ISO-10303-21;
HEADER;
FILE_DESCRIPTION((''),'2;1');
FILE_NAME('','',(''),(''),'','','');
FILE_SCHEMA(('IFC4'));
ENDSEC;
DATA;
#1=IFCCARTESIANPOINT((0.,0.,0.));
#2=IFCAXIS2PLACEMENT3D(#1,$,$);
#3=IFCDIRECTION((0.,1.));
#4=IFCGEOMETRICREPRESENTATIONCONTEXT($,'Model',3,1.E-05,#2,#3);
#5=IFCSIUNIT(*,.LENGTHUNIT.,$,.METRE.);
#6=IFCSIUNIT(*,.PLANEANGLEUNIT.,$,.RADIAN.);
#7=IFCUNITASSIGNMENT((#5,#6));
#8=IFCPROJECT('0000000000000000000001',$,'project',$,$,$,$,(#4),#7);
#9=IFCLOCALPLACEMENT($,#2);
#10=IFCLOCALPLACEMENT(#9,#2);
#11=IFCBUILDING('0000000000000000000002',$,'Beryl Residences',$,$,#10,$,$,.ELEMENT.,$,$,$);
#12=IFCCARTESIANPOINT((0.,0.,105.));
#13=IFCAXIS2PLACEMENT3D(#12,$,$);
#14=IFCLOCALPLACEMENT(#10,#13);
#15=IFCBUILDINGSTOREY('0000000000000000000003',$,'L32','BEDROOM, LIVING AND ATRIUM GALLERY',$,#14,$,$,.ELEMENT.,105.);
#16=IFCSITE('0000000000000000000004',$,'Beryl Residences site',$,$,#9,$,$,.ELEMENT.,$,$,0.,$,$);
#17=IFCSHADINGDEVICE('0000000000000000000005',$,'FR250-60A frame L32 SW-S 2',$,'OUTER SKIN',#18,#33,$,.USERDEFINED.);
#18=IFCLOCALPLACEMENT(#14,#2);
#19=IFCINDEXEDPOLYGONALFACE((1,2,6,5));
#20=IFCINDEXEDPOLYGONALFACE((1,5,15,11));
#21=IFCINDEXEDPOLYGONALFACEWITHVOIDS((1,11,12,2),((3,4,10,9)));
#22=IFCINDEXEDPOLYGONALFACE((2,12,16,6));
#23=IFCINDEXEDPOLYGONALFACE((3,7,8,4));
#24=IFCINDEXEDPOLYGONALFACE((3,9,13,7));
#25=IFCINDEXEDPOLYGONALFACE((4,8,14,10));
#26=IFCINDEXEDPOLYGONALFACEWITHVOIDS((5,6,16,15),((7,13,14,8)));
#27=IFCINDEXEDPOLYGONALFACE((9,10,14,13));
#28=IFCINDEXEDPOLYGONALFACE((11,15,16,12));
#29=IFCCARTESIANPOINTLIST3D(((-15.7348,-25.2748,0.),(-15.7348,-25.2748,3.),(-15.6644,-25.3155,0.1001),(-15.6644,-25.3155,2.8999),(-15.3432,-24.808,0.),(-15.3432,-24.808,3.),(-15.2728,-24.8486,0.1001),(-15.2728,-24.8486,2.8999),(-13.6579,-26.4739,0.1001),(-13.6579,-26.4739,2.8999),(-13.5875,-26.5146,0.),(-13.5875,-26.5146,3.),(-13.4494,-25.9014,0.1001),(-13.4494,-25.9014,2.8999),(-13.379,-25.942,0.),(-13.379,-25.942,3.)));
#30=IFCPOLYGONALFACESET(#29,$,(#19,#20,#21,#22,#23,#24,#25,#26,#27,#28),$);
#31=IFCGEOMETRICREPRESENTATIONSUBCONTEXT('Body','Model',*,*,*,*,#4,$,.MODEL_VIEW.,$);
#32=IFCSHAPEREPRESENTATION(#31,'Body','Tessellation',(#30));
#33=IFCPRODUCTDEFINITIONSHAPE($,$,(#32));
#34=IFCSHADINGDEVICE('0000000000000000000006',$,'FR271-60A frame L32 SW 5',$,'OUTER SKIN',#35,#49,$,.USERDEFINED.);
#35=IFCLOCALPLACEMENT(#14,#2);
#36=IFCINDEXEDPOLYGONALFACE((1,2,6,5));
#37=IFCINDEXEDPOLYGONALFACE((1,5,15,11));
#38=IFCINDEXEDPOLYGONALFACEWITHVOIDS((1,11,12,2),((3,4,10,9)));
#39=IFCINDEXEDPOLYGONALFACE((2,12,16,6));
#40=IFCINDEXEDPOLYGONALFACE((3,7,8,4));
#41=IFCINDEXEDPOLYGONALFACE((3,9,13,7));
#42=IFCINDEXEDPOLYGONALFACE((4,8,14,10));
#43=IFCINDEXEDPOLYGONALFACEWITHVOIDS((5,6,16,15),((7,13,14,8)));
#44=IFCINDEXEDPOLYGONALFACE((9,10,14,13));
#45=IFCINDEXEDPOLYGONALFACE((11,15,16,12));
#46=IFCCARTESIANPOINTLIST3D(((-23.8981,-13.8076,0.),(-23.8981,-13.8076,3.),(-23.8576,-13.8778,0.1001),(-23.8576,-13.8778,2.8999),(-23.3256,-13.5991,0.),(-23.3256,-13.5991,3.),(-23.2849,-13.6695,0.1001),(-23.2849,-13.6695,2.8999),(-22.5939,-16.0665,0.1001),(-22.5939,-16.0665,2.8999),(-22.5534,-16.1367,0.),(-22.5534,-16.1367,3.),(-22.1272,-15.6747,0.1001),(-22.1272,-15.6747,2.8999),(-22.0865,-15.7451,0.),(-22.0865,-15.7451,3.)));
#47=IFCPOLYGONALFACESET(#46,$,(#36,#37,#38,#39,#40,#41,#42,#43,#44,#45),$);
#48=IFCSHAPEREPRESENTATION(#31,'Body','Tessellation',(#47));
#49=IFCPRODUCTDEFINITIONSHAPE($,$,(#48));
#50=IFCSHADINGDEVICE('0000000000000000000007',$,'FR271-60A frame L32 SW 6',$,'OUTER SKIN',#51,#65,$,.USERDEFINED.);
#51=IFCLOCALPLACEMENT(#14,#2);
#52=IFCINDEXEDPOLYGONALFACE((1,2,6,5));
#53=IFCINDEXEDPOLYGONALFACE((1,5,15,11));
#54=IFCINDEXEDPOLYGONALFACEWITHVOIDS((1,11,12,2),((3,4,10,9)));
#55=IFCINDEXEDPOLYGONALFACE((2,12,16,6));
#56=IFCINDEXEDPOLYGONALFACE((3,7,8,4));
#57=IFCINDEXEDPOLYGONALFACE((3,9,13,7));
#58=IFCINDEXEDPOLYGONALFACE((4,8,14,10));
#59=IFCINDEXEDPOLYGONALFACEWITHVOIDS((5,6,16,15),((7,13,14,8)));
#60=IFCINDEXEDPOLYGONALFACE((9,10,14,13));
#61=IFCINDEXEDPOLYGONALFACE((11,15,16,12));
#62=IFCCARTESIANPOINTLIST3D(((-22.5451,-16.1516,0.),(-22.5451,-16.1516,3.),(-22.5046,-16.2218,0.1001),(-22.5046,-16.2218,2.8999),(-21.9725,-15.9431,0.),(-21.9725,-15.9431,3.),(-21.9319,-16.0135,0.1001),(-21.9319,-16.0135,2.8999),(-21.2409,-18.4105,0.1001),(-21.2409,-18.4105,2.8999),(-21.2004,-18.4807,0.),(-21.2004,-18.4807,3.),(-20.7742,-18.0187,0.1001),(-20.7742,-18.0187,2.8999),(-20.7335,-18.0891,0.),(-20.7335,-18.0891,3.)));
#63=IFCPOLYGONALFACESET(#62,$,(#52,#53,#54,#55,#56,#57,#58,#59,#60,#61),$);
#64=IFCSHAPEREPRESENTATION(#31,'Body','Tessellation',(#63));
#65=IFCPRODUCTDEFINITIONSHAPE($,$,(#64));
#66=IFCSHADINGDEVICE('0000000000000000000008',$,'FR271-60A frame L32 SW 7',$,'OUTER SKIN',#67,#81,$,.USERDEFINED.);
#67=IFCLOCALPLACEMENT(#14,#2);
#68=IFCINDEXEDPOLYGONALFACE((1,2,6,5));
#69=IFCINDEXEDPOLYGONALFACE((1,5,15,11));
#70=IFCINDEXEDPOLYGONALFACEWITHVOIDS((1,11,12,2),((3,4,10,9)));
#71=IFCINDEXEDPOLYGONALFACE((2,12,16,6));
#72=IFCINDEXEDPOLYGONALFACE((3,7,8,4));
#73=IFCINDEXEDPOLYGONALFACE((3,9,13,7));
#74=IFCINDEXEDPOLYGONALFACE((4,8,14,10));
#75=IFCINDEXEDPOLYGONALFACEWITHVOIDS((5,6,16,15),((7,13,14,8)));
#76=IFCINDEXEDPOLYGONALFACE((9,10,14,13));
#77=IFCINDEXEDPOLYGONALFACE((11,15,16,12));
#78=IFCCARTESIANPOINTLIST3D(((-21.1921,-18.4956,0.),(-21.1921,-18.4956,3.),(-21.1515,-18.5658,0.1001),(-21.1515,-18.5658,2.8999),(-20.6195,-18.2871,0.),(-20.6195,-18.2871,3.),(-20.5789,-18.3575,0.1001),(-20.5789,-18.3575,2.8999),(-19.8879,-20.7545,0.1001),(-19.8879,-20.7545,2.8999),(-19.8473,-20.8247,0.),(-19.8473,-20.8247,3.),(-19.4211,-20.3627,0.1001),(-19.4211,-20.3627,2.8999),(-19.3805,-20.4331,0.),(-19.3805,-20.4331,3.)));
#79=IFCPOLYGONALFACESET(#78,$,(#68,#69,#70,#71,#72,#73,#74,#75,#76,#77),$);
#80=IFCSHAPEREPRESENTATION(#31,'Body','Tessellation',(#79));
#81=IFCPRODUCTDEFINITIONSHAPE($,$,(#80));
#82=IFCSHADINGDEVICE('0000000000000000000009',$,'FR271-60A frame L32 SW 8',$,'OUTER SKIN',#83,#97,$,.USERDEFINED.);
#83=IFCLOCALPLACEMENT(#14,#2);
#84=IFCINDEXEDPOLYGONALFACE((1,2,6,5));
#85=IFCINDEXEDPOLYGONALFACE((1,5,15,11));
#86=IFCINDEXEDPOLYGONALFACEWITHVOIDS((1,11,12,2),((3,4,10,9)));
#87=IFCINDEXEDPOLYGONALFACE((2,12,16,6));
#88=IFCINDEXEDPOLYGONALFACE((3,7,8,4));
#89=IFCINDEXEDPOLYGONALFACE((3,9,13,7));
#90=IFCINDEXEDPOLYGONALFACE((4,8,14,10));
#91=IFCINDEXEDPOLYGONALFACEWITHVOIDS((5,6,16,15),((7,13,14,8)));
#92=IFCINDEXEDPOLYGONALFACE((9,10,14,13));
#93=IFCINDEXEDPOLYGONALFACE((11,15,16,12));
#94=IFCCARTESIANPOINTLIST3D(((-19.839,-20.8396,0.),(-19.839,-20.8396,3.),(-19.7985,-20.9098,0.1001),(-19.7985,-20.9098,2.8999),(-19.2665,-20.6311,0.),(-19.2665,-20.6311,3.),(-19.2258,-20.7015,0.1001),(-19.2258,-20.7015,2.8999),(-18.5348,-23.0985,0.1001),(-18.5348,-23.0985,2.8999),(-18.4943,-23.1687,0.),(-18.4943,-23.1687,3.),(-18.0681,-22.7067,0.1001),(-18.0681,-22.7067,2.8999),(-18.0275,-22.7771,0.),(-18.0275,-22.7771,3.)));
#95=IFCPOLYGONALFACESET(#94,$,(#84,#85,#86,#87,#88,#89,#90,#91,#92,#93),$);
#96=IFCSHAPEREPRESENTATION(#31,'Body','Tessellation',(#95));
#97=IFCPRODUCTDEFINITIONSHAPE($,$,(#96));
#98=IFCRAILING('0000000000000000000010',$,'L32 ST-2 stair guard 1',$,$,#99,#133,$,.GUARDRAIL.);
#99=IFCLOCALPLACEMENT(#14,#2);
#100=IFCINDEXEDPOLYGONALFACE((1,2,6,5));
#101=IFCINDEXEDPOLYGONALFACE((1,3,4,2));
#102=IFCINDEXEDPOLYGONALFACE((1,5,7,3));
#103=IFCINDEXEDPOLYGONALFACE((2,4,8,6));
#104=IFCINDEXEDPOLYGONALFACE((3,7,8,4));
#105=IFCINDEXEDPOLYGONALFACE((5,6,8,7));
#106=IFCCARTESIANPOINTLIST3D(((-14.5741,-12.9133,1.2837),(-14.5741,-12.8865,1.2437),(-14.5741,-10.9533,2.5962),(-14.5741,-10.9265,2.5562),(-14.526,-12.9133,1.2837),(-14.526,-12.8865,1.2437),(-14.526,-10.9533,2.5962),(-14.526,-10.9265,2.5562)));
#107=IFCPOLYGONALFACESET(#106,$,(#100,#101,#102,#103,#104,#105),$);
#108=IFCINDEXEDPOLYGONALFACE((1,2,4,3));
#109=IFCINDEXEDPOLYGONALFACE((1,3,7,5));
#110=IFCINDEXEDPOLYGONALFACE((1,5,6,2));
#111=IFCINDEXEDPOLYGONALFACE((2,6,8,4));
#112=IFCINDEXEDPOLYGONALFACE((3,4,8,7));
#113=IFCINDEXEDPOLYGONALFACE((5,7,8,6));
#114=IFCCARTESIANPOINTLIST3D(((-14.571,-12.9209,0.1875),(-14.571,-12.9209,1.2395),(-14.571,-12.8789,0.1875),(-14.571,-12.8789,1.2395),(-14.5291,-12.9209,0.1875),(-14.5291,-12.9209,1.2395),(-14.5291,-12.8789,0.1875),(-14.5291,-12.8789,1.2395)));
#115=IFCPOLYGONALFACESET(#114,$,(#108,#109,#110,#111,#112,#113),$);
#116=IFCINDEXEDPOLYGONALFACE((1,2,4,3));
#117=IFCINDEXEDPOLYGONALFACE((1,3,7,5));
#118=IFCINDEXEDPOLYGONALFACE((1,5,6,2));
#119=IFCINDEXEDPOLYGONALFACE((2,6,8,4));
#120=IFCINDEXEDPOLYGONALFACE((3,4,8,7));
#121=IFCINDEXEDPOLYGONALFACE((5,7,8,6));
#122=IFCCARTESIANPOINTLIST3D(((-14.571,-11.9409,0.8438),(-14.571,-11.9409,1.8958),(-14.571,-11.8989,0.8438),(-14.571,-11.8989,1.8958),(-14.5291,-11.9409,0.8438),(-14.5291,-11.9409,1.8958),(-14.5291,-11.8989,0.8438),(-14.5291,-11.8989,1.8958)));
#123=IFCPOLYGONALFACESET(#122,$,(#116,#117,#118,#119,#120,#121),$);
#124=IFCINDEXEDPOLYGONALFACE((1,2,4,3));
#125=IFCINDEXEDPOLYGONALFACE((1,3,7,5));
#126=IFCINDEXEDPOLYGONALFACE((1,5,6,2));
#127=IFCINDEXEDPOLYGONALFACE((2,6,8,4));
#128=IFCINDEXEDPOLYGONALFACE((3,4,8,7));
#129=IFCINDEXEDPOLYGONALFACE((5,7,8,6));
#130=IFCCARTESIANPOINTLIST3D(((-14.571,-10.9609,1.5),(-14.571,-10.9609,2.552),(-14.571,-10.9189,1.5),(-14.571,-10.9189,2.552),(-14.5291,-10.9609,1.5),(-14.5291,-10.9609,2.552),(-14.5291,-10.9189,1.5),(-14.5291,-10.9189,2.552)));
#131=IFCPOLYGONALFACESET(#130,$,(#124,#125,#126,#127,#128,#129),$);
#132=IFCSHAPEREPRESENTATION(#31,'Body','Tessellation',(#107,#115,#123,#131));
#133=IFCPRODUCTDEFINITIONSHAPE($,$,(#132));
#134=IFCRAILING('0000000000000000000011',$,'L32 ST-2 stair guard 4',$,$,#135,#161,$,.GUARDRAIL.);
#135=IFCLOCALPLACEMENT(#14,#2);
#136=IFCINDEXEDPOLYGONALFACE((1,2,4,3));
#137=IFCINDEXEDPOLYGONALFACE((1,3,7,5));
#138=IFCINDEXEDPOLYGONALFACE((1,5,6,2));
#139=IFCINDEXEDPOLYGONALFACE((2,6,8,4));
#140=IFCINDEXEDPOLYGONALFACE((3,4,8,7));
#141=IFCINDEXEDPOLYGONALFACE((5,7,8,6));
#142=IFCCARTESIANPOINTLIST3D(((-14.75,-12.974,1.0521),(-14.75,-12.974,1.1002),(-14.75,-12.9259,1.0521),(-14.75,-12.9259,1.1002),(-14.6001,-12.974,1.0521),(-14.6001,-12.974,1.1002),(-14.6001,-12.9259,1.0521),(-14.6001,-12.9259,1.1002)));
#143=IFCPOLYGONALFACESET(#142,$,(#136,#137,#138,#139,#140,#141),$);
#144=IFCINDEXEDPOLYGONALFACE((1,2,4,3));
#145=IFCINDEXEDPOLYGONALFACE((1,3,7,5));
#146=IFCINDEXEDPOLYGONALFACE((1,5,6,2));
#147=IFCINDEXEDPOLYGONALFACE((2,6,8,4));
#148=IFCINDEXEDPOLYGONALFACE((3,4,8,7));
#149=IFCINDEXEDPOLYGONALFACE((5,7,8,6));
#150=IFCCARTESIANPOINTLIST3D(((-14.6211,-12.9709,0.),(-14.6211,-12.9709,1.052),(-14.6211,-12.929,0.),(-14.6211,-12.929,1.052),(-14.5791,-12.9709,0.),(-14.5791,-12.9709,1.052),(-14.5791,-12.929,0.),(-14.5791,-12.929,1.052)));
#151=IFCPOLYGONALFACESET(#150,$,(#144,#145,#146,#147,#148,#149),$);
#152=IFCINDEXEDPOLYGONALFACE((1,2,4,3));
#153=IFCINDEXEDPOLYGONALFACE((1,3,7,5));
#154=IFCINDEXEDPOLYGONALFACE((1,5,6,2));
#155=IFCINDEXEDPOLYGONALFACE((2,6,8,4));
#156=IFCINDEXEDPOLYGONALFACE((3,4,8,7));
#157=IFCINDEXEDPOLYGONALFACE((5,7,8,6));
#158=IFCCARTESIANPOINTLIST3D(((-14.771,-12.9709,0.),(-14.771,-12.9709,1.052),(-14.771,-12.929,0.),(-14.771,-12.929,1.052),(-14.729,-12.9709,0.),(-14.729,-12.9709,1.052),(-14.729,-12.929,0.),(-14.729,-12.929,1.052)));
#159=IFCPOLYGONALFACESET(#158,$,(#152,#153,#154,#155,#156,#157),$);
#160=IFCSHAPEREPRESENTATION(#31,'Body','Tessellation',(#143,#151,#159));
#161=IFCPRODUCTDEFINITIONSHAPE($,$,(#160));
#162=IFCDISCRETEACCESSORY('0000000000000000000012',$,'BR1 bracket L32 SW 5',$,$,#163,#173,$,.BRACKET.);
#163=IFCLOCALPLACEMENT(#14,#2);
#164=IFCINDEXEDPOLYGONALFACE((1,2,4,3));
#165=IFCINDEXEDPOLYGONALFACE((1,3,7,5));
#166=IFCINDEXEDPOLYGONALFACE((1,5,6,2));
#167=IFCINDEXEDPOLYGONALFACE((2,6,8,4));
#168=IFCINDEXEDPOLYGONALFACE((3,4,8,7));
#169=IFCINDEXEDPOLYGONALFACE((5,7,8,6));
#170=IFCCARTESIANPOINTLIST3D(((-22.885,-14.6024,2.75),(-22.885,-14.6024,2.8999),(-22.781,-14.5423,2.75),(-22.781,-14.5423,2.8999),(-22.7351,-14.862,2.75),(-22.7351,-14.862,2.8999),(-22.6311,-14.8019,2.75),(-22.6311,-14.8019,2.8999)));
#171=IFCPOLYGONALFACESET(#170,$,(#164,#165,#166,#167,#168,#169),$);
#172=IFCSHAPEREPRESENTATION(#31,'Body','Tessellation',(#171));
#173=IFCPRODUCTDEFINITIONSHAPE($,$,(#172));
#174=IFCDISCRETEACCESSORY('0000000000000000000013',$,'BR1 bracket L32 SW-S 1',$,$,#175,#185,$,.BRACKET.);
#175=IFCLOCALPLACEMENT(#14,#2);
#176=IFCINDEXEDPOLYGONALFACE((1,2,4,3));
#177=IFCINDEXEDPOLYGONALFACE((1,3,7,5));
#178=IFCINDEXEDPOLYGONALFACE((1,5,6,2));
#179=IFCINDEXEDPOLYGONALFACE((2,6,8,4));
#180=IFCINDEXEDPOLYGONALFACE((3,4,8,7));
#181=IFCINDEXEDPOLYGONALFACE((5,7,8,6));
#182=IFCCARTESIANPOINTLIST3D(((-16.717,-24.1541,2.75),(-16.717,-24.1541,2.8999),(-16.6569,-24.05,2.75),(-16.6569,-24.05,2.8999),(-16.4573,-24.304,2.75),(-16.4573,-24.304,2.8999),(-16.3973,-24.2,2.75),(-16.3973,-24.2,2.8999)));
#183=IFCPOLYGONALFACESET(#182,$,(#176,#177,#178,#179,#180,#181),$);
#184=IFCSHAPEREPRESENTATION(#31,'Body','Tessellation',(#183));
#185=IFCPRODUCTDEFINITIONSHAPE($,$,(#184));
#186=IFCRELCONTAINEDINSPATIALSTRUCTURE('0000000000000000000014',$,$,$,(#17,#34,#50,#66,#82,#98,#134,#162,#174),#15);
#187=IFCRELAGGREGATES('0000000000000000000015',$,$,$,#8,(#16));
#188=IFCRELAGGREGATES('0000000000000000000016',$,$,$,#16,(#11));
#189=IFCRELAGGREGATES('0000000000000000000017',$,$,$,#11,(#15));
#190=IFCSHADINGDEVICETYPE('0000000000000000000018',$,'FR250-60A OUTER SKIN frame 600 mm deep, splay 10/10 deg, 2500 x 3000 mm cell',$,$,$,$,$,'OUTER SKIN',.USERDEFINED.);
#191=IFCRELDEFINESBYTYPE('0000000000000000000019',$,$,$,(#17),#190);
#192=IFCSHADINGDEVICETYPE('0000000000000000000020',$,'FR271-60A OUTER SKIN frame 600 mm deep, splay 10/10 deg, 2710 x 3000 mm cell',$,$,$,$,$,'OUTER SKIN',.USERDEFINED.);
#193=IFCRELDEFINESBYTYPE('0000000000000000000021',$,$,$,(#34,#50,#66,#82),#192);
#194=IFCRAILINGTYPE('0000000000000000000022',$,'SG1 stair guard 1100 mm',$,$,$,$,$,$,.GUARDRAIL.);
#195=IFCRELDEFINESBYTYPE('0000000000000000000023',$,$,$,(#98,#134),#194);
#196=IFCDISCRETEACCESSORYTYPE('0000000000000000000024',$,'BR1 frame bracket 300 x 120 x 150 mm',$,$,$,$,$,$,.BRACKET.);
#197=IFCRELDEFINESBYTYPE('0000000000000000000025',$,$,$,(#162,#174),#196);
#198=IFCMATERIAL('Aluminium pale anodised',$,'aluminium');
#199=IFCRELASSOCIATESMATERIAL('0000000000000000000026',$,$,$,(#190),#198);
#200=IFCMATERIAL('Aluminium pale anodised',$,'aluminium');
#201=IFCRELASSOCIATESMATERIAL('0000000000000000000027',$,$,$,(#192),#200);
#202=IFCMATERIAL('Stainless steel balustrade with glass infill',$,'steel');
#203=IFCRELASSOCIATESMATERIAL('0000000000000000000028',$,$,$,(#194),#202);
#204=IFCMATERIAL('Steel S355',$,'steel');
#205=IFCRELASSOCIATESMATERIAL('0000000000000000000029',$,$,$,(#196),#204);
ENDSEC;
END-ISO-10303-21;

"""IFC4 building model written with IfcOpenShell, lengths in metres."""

from ifc_helpers import new_model, entity, si_unit, direction, frame, origin, origin_2d, place, context, subcontext, project, spatial, polyline, rectangle, outline, extrude, source, transform, mapped, material, type_object, type_shapes, element, save


model = new_model("IFC4")

# Units and contexts
model_context = context("Model", 3, precision=1e-05, world=origin(), true_north=direction((0.0, 1.0)))
body_context = subcontext(model_context, "Body", "Model", "MODEL_VIEW")
ifc_project = project(units=[si_unit("LENGTHUNIT", "METRE"), si_unit("PLANEANGLEUNIT", "RADIAN")], contexts=[model_context])

# Site, building, storey
site_placement = place(None, origin())
site = spatial("IfcSite", under=ifc_project, at=site_placement, Name="Beryl Residences site", CompositionType="ELEMENT", RefElevation=0.0)
building_placement = place(site_placement, origin())
building = spatial("IfcBuilding", under=site, at=building_placement, Name="Beryl Residences", CompositionType="ELEMENT")
storey_placement = place(building_placement, frame((0.0, 0.0, 105.0)))
storey = spatial("IfcBuildingStorey", under=building, at=storey_placement, Name="L32", Description="BEDROOM, LIVING AND ATRIUM GALLERY", CompositionType="ELEMENT", Elevation=105.0)

# Shading devices
ifc_material_1 = material(Name="Aluminium pale anodised", Category="aluminium")
shading_device_type_1 = type_object("IfcShadingDeviceType", Name="FR250-60A OUTER SKIN frame 600 mm deep, splay 10/10 deg, 2500 x 3000 mm cell", ElementType="OUTER SKIN", PredefinedType="USERDEFINED", material=ifc_material_1)
cartesian_point_1 = entity("IfcCartesianPoint", [-1.134, 0.0])
cartesian_point_2 = entity("IfcCartesianPoint", [-1.0527, 0.1001])
cartesian_point_3 = entity("IfcCartesianPoint", [-1.2397, 0.0])
cartesian_point_4 = entity("IfcCartesianPoint", [-1.1584, 0.1001])
shared_shape_1 = source(origin(), body_context, "Body", "SweptSolid", [
    entity("IfcExtrudedAreaSolidTapered", entity("IfcArbitraryProfileDefWithVoids", "AREA", None, entity("IfcPolyline", [cartesian_point_1, entity("IfcCartesianPoint", [1.134, 0.0]), entity("IfcCartesianPoint", [1.134, 3.0]), entity("IfcCartesianPoint", [-1.134, 3.0]), cartesian_point_1]), [entity("IfcPolyline", [cartesian_point_2, entity("IfcCartesianPoint", [1.0527, 0.1001]), entity("IfcCartesianPoint", [1.0527, 2.8999]), entity("IfcCartesianPoint", [-1.0527, 2.8999]), cartesian_point_2])]), entity("IfcAxis2Placement3D", entity("IfcCartesianPoint", [0.0, 0.0, 0.0]), entity("IfcDirection", [0.0, 1.0, 0.0]), entity("IfcDirection", [-1.0, 0.0, 0.0])), entity("IfcDirection", [0.0, 0.0, 1.0]), 0.6001, entity("IfcArbitraryProfileDefWithVoids", "AREA", None, entity("IfcPolyline", [cartesian_point_3, entity("IfcCartesianPoint", [1.2397, 0.0]), entity("IfcCartesianPoint", [1.2397, 3.0]), entity("IfcCartesianPoint", [-1.2397, 3.0]), cartesian_point_3]), [entity("IfcPolyline", [cartesian_point_4, entity("IfcCartesianPoint", [1.1584, 0.1001]), entity("IfcCartesianPoint", [1.1584, 2.8999]), entity("IfcCartesianPoint", [-1.1584, 2.8999]), cartesian_point_4])])),
])
type_shapes(shading_device_type_1, [shared_shape_1])
for number, where, z_axis, x_axis, name in (
    (1, (-14.3611, -25.375, 0.0), (0.0, 0.0, 1.0), (-0.866025, 0.5, 0.0), "FR250-60A frame L32 SW-S 2"),
):
    element("IfcShadingDevice", number, at=place(storey_placement, frame(where, z_axis=z_axis, x_axis=x_axis)), inside=storey, type_object=shading_device_type_1, Name=name, ObjectType="OUTER SKIN", PredefinedType="USERDEFINED", context=body_context, shape_type="MappedRepresentation", body=[
        mapped(shared_shape_1, transform((0.0, 0.0, 0.0))),
    ])
ifc_material_2 = material(Name="Aluminium pale anodised", Category="aluminium")
shading_device_type_2 = type_object("IfcShadingDeviceType", Name="FR271-60A OUTER SKIN frame 600 mm deep, splay 10/10 deg, 2710 x 3000 mm cell", ElementType="OUTER SKIN", PredefinedType="USERDEFINED", material=ifc_material_2)
cartesian_point_5 = entity("IfcCartesianPoint", [-1.239, 0.0])
cartesian_point_6 = entity("IfcCartesianPoint", [-1.1577, 0.1001])
cartesian_point_7 = entity("IfcCartesianPoint", [-1.3447, 0.0])
cartesian_point_8 = entity("IfcCartesianPoint", [-1.2637, 0.1001])
shared_shape_2 = source(origin(), body_context, "Body", "SweptSolid", [
    entity("IfcExtrudedAreaSolidTapered", entity("IfcArbitraryProfileDefWithVoids", "AREA", None, entity("IfcPolyline", [cartesian_point_5, entity("IfcCartesianPoint", [1.239, 0.0]), entity("IfcCartesianPoint", [1.239, 3.0]), entity("IfcCartesianPoint", [-1.239, 3.0]), cartesian_point_5]), [entity("IfcPolyline", [cartesian_point_6, entity("IfcCartesianPoint", [1.1577, 0.1001]), entity("IfcCartesianPoint", [1.1577, 2.8999]), entity("IfcCartesianPoint", [-1.1577, 2.8999]), cartesian_point_6])]), entity("IfcAxis2Placement3D", entity("IfcCartesianPoint", [0.0, 0.0, 0.0]), entity("IfcDirection", [0.0, 1.0, 0.0]), entity("IfcDirection", [-1.0, 0.0, 0.0])), entity("IfcDirection", [0.0, 0.0, 1.0]), 0.6001, entity("IfcArbitraryProfileDefWithVoids", "AREA", None, entity("IfcPolyline", [cartesian_point_7, entity("IfcCartesianPoint", [1.3447, 0.0]), entity("IfcCartesianPoint", [1.3447, 3.0]), entity("IfcCartesianPoint", [-1.3447, 3.0]), cartesian_point_7]), [entity("IfcPolyline", [cartesian_point_8, entity("IfcCartesianPoint", [1.2637, 0.1001]), entity("IfcCartesianPoint", [1.2637, 2.8999]), entity("IfcCartesianPoint", [-1.2637, 2.8999]), cartesian_point_8])])),
])
type_shapes(shading_device_type_2, [shared_shape_2])
for number, where, z_axis, x_axis, name in (
    (2, (-22.7061, -14.6721, 0.0), (0.0, 0.0, 1.0), (-0.5, 0.866025, 0.0), "FR271-60A frame L32 SW 5"),
    (3, (-21.353, -17.0161, 0.0), (0.0, 0.0, 1.0), (-0.5, 0.866025, 0.0), "FR271-60A frame L32 SW 6"),
    (4, (-20.0, -19.3601, 0.0), (0.0, 0.0, 1.0), (-0.5, 0.866025, 0.0), "FR271-60A frame L32 SW 7"),
    (5, (-18.647, -21.7041, 0.0), (0.0, 0.0, 1.0), (-0.5, 0.866025, 0.0), "FR271-60A frame L32 SW 8"),
):
    element("IfcShadingDevice", number, at=place(storey_placement, frame(where, z_axis=z_axis, x_axis=x_axis)), inside=storey, type_object=shading_device_type_2, Name=name, ObjectType="OUTER SKIN", PredefinedType="USERDEFINED", context=body_context, shape_type="MappedRepresentation", body=[
        mapped(shared_shape_2, transform((0.0, 0.0, 0.0))),
    ])

# Railings
ifc_material_3 = material(Name="Stainless steel balustrade with glass infill", Category="steel")
railing_type = type_object("IfcRailingType", Name="SG1 stair guard 1100 mm", PredefinedType="GUARDRAIL", material=ifc_material_3)
railing_1_placement = place(storey_placement, frame((-14.55, -12.8999, 0.1875)))
element("IfcRailing", 6, at=railing_1_placement, inside=storey, type_object=railing_type, Name="L32 ST-2 stair guard 1", PredefinedType="GUARDRAIL", context=body_context, shape_type="SweptSolid", body=[
    extrude(rectangle(XDim=0.0481, YDim=0.0481, at=origin_2d()), frame((0.0, 0.0, 1.0762), z_axis=(0.0, 0.830902, 0.556419), x_axis=(-1.0, 0.0, 0.0)), (0.0, 0.0, 1.0), 2.3589),
    extrude(rectangle(XDim=0.042, YDim=0.042, at=origin_2d()), origin(), (0.0, 0.0, 1.0), 1.052),
    extrude(rectangle(XDim=0.042, YDim=0.042, at=origin_2d()), frame((0.0, 0.98, 0.6562)), (0.0, 0.0, 1.0), 1.052),
    extrude(rectangle(XDim=0.042, YDim=0.042, at=origin_2d()), frame((0.0, 1.96, 1.3125)), (0.0, 0.0, 1.0), 1.052),
])
railing_2_placement = place(storey_placement, frame((-14.6001, -12.95, 0.0)))
element("IfcRailing", 7, at=railing_2_placement, inside=storey, type_object=railing_type, Name="L32 ST-2 stair guard 4", PredefinedType="GUARDRAIL", context=body_context, shape_type="SweptSolid", body=[
    extrude(rectangle(XDim=0.0481, YDim=0.0481, at=origin_2d()), frame((0.0, 0.0, 1.0762), z_axis=(-1.0, 0.0, 0.0), x_axis=(0.0, -1.0, 0.0)), (0.0, 0.0, 1.0), 0.1499),
    extrude(rectangle(XDim=0.042, YDim=0.042, at=origin_2d()), origin(), (0.0, 0.0, 1.0), 1.052),
    extrude(rectangle(XDim=0.042, YDim=0.042, at=origin_2d()), frame((-0.1499, 0.0, 0.0)), (0.0, 0.0, 1.0), 1.052),
])

# Discrete accessories
ifc_material_4 = material(Name="Steel S355", Category="steel")
discrete_accessory_type = type_object("IfcDiscreteAccessoryType", Name="BR1 frame bracket 300 x 120 x 150 mm", PredefinedType="BRACKET", material=ifc_material_4)
shared_shape_3 = source(origin(), body_context, "Body", "SweptSolid", [
    extrude(outline(polyline([(-0.1499, 0.0), (0.1499, 0.0), (0.1499, 0.1201), (-0.1499, 0.1201), (-0.1499, 0.0)])), origin(), (0.0, 0.0, 1.0), 0.1499),
])
type_shapes(discrete_accessory_type, [shared_shape_3])
for number, where, z_axis, x_axis, name in (
    (8, (-22.7061, -14.6721, 2.75), (0.0, 0.0, 1.0), (-0.5, 0.866025, 0.0), "BR1 bracket L32 SW 5"),
    (9, (-16.5271, -24.125, 2.75), (0.0, 0.0, 1.0), (-0.866025, 0.5, 0.0), "BR1 bracket L32 SW-S 1"),
):
    element("IfcDiscreteAccessory", number, at=place(storey_placement, frame(where, z_axis=z_axis, x_axis=x_axis)), inside=storey, type_object=discrete_accessory_type, Name=name, PredefinedType="BRACKET", context=body_context, shape_type="MappedRepresentation", body=[
        mapped(shared_shape_3, transform((0.0, 0.0, 0.0))),
    ])

save(model, "model.ifc")
